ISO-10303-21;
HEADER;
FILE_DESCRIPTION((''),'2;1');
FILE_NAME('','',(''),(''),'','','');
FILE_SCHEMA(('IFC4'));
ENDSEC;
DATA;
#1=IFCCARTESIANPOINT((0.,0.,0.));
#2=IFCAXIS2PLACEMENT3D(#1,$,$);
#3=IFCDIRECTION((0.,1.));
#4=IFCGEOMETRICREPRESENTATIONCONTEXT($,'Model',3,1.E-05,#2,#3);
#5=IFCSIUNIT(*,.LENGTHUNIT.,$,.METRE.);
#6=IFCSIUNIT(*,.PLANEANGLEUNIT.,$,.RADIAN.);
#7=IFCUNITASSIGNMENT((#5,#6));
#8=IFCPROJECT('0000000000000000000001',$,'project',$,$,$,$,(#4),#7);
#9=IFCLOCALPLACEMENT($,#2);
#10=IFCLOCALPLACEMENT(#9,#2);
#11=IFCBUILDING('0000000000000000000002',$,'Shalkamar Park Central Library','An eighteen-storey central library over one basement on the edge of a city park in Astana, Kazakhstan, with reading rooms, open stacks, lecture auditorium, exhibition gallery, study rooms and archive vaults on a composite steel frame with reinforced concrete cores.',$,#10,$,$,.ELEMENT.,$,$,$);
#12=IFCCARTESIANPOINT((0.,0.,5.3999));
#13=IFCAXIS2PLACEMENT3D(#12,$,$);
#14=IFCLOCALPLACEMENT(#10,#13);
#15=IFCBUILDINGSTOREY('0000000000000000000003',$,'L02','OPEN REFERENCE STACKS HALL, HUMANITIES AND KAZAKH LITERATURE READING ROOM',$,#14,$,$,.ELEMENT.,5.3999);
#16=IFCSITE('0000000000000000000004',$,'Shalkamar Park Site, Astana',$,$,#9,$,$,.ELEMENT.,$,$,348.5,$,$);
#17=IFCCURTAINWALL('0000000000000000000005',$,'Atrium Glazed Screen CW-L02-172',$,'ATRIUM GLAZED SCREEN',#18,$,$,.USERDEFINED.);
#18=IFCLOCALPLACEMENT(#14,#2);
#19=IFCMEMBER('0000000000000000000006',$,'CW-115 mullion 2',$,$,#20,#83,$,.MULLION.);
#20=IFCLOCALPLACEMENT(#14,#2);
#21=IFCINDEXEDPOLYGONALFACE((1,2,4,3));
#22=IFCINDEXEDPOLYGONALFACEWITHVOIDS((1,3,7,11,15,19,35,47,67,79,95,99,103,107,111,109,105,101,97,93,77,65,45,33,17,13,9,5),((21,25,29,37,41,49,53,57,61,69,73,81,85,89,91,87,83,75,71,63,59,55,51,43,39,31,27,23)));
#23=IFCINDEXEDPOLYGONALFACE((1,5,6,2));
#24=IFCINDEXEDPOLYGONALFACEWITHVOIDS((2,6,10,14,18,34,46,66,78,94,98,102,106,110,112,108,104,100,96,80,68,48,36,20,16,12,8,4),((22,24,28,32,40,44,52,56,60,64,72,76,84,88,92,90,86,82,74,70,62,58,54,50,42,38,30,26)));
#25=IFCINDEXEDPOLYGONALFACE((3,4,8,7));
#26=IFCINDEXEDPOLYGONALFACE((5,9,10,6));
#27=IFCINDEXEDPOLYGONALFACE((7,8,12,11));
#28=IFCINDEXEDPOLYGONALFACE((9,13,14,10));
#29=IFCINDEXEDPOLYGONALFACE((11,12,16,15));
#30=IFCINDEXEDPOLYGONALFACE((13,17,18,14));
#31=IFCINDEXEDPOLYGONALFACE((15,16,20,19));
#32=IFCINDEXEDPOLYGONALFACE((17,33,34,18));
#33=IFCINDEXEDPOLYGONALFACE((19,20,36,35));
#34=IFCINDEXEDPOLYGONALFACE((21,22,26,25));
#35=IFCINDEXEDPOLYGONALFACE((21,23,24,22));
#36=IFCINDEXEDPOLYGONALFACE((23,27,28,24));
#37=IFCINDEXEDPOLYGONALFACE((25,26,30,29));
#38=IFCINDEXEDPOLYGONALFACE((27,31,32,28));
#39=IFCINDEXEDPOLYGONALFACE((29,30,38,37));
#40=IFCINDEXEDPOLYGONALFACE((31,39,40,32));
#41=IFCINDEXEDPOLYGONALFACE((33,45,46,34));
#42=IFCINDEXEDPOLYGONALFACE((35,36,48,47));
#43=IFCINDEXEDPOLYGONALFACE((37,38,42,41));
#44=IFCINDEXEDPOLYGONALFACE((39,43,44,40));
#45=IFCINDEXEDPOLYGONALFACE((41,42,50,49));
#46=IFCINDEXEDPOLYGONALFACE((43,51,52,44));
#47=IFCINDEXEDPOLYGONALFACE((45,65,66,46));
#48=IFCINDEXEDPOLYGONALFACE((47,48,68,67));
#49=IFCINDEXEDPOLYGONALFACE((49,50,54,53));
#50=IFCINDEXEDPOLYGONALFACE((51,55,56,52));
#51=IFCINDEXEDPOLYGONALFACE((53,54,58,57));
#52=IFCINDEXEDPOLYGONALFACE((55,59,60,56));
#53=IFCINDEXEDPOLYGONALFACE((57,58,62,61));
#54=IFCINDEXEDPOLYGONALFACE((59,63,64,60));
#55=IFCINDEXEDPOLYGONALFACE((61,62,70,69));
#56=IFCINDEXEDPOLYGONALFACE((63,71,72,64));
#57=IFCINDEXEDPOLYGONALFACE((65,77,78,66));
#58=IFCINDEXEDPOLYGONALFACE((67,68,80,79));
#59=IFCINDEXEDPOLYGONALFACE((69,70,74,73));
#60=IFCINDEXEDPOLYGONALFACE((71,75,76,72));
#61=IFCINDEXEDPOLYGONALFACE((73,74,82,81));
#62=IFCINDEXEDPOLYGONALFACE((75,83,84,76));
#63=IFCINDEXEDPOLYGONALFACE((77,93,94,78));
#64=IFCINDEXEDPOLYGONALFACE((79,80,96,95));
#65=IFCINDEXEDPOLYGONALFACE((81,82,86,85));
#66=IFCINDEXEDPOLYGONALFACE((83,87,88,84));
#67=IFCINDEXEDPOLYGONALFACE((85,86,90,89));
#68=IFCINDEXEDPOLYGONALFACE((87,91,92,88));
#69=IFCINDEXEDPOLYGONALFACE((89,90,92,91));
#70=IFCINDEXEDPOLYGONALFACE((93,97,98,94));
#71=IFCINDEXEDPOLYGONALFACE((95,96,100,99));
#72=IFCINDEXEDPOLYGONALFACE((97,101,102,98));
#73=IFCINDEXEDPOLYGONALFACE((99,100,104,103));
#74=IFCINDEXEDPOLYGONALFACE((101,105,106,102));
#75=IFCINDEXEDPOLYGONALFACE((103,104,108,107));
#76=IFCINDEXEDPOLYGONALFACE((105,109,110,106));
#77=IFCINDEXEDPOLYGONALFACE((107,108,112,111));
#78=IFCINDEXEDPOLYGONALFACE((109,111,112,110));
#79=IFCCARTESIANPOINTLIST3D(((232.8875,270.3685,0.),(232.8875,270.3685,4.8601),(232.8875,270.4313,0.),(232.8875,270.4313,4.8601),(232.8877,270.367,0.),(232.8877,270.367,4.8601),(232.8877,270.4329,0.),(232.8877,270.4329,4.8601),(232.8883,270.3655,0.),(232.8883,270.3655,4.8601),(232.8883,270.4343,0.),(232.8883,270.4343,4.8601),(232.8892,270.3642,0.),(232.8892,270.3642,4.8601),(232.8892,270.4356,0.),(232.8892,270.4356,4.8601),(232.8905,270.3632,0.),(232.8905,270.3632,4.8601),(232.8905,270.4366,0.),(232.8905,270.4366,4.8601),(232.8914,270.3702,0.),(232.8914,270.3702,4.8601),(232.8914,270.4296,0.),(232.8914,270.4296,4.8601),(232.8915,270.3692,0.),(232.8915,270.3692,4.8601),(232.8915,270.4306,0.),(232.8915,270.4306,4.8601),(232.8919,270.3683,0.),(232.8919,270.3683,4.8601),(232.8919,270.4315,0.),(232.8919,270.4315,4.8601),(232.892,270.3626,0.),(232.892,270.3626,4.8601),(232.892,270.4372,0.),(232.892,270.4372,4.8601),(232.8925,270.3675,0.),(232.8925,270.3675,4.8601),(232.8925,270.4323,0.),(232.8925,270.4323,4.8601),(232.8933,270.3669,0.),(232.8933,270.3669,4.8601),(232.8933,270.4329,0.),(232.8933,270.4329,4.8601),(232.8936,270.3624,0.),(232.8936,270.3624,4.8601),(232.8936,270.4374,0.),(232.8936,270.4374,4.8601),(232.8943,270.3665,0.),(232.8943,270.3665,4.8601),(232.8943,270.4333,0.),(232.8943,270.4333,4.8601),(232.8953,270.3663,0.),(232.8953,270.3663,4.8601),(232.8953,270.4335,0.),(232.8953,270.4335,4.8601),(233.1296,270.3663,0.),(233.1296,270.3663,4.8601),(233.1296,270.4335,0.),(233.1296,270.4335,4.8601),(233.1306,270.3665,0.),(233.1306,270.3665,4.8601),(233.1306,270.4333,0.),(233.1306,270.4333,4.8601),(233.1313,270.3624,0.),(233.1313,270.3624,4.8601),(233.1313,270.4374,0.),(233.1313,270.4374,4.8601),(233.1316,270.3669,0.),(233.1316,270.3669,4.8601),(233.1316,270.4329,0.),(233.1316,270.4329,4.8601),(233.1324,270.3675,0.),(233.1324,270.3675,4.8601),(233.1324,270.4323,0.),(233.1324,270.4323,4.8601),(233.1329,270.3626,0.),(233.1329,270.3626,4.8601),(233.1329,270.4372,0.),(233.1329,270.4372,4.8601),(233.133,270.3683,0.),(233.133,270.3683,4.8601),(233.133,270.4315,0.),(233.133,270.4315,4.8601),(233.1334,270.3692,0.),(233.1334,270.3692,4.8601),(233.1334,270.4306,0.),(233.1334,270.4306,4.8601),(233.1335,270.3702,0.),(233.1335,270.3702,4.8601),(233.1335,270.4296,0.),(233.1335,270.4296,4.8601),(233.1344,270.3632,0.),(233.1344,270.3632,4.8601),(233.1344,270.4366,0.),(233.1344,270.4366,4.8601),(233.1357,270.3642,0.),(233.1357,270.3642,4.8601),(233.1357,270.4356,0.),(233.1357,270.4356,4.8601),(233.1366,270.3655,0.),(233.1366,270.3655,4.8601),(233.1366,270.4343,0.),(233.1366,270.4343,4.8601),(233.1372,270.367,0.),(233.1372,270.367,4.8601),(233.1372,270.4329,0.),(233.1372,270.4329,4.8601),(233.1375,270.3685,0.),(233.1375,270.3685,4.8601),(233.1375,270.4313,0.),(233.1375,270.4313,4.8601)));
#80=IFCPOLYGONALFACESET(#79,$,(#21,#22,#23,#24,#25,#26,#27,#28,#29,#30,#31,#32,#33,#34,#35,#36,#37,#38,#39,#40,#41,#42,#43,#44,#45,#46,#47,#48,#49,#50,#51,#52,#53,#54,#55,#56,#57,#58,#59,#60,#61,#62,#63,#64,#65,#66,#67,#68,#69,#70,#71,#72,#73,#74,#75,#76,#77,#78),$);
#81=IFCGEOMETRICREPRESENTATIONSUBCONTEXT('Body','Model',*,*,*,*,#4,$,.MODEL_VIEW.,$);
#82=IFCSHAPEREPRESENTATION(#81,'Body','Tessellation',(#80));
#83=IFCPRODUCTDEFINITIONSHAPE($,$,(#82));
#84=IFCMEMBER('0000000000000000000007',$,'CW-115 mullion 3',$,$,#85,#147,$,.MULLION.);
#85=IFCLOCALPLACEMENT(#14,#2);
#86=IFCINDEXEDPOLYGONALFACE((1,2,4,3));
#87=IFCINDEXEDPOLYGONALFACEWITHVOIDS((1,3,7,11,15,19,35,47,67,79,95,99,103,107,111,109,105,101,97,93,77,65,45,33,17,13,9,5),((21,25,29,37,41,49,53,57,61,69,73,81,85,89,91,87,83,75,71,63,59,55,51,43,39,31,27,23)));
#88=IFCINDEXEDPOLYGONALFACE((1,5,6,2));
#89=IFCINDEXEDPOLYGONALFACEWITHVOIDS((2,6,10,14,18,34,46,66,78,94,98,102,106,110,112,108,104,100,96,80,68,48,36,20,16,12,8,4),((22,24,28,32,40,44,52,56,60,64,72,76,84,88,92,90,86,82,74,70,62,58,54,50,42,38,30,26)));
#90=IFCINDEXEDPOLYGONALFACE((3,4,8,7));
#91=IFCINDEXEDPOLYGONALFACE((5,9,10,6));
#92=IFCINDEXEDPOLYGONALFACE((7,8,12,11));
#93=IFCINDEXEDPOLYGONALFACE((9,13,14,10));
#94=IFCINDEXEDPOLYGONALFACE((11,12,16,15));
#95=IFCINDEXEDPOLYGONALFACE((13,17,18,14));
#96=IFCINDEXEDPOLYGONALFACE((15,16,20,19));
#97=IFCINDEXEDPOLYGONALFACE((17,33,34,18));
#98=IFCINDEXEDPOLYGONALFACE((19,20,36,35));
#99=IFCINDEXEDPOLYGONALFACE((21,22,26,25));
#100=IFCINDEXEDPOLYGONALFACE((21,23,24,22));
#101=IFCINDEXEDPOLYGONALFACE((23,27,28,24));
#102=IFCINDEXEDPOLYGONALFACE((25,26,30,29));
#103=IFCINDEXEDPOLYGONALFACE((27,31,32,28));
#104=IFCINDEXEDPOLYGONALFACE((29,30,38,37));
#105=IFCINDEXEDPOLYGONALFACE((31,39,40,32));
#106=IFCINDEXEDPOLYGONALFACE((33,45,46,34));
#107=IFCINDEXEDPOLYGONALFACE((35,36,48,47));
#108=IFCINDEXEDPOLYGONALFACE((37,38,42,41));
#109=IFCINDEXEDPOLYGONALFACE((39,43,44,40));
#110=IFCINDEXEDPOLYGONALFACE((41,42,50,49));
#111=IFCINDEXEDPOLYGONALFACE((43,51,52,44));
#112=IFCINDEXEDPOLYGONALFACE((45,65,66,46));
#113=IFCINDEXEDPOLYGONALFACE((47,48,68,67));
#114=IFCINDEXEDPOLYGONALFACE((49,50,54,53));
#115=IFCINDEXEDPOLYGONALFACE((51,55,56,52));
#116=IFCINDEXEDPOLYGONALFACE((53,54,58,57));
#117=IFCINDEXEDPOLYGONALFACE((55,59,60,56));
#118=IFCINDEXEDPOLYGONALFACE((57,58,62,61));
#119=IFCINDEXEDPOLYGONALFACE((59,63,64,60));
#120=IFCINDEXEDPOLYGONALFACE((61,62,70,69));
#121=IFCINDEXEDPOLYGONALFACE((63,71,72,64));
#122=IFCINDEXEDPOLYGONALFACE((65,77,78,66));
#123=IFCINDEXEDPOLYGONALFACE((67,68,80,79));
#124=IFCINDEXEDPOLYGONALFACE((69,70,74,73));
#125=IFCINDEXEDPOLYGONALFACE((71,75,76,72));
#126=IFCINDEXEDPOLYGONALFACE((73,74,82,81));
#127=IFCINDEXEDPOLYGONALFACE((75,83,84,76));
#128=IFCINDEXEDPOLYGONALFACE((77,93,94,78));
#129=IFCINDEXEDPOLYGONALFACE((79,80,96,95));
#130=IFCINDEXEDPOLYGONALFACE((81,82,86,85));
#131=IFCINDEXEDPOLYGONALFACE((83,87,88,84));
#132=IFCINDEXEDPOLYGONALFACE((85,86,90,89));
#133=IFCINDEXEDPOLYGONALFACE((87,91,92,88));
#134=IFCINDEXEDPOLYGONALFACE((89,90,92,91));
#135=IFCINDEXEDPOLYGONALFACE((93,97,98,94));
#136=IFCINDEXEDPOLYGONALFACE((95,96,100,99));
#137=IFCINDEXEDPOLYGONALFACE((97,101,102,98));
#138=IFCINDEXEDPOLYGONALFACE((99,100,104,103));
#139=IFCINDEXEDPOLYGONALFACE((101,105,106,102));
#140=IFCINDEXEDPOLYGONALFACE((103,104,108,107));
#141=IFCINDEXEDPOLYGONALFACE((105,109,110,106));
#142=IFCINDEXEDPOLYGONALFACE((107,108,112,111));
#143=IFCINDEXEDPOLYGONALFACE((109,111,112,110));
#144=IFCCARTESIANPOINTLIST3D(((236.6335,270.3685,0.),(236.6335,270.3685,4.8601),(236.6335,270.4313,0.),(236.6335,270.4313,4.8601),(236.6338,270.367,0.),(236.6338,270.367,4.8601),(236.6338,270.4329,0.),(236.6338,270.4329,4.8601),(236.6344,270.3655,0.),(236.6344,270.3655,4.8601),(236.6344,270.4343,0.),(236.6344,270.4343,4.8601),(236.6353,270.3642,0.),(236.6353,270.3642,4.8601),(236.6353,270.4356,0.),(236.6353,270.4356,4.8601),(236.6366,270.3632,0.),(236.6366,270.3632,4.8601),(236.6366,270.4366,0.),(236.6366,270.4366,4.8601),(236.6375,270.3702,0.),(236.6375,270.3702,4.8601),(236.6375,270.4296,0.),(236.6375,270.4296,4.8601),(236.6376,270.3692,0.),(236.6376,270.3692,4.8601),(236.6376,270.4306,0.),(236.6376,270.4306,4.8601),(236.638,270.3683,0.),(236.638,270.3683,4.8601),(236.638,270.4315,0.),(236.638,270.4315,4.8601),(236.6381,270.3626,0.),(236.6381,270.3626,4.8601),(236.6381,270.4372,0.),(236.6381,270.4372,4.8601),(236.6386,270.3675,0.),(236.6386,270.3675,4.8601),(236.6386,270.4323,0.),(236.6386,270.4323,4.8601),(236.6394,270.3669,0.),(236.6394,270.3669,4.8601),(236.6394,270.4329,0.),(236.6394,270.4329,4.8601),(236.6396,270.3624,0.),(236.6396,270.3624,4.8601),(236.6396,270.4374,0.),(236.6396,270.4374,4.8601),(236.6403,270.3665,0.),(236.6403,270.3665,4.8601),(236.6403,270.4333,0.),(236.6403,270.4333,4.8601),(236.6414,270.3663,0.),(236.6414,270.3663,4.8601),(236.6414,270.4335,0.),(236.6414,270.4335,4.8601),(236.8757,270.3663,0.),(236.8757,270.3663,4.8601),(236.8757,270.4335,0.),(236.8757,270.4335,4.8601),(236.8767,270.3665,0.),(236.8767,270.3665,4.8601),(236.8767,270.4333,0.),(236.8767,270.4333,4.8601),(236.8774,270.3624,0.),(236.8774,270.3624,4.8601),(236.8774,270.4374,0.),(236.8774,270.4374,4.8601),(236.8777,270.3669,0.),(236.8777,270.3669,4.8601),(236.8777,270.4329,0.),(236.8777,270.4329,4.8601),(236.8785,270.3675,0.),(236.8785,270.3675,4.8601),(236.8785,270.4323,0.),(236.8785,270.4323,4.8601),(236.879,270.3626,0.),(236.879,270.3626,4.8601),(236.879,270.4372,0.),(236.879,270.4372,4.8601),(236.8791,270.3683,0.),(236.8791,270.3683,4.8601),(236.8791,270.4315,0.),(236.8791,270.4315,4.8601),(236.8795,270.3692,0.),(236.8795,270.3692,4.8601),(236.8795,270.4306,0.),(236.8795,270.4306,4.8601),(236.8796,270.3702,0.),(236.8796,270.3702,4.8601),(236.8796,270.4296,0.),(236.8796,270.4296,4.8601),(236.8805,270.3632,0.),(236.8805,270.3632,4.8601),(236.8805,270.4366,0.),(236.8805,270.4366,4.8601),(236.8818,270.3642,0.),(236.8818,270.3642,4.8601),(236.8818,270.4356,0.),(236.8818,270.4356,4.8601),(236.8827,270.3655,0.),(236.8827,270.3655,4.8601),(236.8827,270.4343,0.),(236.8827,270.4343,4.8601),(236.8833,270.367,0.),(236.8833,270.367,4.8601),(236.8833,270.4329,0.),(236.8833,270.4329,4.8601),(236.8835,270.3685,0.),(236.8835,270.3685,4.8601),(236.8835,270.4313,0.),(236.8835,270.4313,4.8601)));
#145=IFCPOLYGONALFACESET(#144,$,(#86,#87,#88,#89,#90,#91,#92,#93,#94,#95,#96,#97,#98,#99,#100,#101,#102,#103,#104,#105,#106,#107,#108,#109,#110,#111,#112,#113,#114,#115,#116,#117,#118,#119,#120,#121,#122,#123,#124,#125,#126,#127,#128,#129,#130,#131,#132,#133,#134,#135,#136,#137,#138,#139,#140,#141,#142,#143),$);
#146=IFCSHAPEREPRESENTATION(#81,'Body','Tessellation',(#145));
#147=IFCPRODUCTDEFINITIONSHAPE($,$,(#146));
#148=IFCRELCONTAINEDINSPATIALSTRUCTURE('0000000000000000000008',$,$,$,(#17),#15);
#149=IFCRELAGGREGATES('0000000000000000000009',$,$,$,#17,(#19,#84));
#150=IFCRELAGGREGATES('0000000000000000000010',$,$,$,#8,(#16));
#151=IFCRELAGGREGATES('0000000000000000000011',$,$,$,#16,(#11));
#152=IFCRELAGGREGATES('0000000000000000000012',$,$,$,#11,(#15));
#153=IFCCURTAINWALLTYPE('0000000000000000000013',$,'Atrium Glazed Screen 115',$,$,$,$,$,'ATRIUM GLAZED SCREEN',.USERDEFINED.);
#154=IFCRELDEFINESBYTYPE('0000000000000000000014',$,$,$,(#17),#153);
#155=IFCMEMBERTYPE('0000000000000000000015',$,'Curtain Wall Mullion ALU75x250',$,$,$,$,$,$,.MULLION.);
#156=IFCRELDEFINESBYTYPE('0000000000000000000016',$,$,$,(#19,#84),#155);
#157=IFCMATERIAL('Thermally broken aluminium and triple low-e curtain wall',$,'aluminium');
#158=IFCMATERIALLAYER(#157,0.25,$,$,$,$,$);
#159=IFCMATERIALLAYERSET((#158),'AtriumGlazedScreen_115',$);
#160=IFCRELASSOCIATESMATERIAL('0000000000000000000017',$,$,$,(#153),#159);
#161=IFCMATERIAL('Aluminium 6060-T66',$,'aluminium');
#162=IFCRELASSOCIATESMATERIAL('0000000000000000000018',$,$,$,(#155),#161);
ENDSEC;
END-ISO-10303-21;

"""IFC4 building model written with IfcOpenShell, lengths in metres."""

from ifc_helpers import new_model, si_unit, direction, frame, origin, origin_2d, place, context, subcontext, project, spatial, hollow_rectangle, extrude, material, layer, layer_set, material_profile, profile_set, type_object, element, aggregate, save


model = new_model("IFC4")

# Units and contexts
model_context = context("Model", 3, precision=1e-05, world=origin(), true_north=direction((0.0, 1.0)))
body_context = subcontext(model_context, "Body", "Model", "MODEL_VIEW")
ifc_project = project(units=[si_unit("LENGTHUNIT", "METRE"), si_unit("PLANEANGLEUNIT", "RADIAN")], contexts=[model_context])

# Site, building, storey
site_placement = place(None, origin())
site = spatial("IfcSite", under=ifc_project, at=site_placement, Name="Shalkamar Park Site, Astana", CompositionType="ELEMENT", RefElevation=348.5)
building_placement = place(site_placement, origin())
building = spatial("IfcBuilding", under=site, at=building_placement, Name="Shalkamar Park Central Library", Description="An eighteen-storey central library over one basement on the edge of a city park in Astana, Kazakhstan, with reading rooms, open stacks, lecture auditorium, exhibition gallery, study rooms and archive vaults on a composite steel frame with reinforced concrete cores.", CompositionType="ELEMENT")
storey_placement = place(building_placement, frame((0.0, 0.0, 5.3999)))
storey = spatial("IfcBuildingStorey", under=building, at=storey_placement, Name="L02", Description="OPEN REFERENCE STACKS HALL, HUMANITIES AND KAZAKH LITERATURE READING ROOM", CompositionType="ELEMENT", Elevation=5.3999)

# Curtain wall, members
ifc_material_1 = material(Name="Thermally broken aluminium and triple low-e curtain wall", Category="aluminium")
ifc_layer_1 = layer(ifc_material_1, 0.25)
ifc_layer_set_1 = layer_set([ifc_layer_1], Name="AtriumGlazedScreen_115")
curtain_wall_type_1 = type_object("IfcCurtainWallType", Name="Atrium Glazed Screen 115", ElementType="ATRIUM GLAZED SCREEN", PredefinedType="USERDEFINED", material=ifc_layer_set_1)
curtain_wall_1_placement = place(storey_placement, origin())
curtain_wall_1 = element("IfcCurtainWall", 1, at=curtain_wall_1_placement, inside=storey, type_object=curtain_wall_type_1, Name="Atrium Glazed Screen CW-L02-172", ObjectType="ATRIUM GLAZED SCREEN", PredefinedType="USERDEFINED")
ifc_material_2 = material(Name="Aluminium 6060-T66", Category="aluminium")
ifc_material_profile_1 = material_profile(ifc_material_2, hollow_rectangle(XDim=0.075, YDim=0.25, WallThickness=0.0039, InnerFilletRadius=0.0039, OuterFilletRadius=0.0061, at=origin_2d()), Name="ALU 75x250x4")
ifc_profile_set_1 = profile_set([ifc_material_profile_1], Name="Aluminium 6060-T66")
member_type_1 = type_object("IfcMemberType", Name="Curtain Wall Mullion ALU75x250", PredefinedType="MULLION", material=ifc_profile_set_1)
member_1_placement = place(storey_placement, frame((233.0125, 270.3999, 0.0), z_axis=(0.0, 0.0, 1.0), x_axis=(0.0, 1.0, 0.0)))
member_1 = element("IfcMember", 2, at=member_1_placement, type_object=member_type_1, Name="CW-115 mullion 2", PredefinedType="MULLION", context=body_context, shape_type="SweptSolid", body=[
    extrude(hollow_rectangle(XDim=0.075, YDim=0.25, WallThickness=0.0039, InnerFilletRadius=0.0039, OuterFilletRadius=0.0061, at=origin_2d()), origin(), (0.0, 0.0, 1.0), 4.8601),
])
member_2_placement = place(storey_placement, frame((236.7585, 270.3999, 0.0), z_axis=(0.0, 0.0, 1.0), x_axis=(0.0, 1.0, 0.0)))
member_2 = element("IfcMember", 3, at=member_2_placement, type_object=member_type_1, Name="CW-115 mullion 3", PredefinedType="MULLION", context=body_context, shape_type="SweptSolid", body=[
    extrude(hollow_rectangle(XDim=0.075, YDim=0.25, WallThickness=0.0039, InnerFilletRadius=0.0039, OuterFilletRadius=0.0061, at=origin_2d()), origin(), (0.0, 0.0, 1.0), 4.8601),
])

aggregate(curtain_wall_1, [member_1, member_2])

save(model, "model.ifc")
